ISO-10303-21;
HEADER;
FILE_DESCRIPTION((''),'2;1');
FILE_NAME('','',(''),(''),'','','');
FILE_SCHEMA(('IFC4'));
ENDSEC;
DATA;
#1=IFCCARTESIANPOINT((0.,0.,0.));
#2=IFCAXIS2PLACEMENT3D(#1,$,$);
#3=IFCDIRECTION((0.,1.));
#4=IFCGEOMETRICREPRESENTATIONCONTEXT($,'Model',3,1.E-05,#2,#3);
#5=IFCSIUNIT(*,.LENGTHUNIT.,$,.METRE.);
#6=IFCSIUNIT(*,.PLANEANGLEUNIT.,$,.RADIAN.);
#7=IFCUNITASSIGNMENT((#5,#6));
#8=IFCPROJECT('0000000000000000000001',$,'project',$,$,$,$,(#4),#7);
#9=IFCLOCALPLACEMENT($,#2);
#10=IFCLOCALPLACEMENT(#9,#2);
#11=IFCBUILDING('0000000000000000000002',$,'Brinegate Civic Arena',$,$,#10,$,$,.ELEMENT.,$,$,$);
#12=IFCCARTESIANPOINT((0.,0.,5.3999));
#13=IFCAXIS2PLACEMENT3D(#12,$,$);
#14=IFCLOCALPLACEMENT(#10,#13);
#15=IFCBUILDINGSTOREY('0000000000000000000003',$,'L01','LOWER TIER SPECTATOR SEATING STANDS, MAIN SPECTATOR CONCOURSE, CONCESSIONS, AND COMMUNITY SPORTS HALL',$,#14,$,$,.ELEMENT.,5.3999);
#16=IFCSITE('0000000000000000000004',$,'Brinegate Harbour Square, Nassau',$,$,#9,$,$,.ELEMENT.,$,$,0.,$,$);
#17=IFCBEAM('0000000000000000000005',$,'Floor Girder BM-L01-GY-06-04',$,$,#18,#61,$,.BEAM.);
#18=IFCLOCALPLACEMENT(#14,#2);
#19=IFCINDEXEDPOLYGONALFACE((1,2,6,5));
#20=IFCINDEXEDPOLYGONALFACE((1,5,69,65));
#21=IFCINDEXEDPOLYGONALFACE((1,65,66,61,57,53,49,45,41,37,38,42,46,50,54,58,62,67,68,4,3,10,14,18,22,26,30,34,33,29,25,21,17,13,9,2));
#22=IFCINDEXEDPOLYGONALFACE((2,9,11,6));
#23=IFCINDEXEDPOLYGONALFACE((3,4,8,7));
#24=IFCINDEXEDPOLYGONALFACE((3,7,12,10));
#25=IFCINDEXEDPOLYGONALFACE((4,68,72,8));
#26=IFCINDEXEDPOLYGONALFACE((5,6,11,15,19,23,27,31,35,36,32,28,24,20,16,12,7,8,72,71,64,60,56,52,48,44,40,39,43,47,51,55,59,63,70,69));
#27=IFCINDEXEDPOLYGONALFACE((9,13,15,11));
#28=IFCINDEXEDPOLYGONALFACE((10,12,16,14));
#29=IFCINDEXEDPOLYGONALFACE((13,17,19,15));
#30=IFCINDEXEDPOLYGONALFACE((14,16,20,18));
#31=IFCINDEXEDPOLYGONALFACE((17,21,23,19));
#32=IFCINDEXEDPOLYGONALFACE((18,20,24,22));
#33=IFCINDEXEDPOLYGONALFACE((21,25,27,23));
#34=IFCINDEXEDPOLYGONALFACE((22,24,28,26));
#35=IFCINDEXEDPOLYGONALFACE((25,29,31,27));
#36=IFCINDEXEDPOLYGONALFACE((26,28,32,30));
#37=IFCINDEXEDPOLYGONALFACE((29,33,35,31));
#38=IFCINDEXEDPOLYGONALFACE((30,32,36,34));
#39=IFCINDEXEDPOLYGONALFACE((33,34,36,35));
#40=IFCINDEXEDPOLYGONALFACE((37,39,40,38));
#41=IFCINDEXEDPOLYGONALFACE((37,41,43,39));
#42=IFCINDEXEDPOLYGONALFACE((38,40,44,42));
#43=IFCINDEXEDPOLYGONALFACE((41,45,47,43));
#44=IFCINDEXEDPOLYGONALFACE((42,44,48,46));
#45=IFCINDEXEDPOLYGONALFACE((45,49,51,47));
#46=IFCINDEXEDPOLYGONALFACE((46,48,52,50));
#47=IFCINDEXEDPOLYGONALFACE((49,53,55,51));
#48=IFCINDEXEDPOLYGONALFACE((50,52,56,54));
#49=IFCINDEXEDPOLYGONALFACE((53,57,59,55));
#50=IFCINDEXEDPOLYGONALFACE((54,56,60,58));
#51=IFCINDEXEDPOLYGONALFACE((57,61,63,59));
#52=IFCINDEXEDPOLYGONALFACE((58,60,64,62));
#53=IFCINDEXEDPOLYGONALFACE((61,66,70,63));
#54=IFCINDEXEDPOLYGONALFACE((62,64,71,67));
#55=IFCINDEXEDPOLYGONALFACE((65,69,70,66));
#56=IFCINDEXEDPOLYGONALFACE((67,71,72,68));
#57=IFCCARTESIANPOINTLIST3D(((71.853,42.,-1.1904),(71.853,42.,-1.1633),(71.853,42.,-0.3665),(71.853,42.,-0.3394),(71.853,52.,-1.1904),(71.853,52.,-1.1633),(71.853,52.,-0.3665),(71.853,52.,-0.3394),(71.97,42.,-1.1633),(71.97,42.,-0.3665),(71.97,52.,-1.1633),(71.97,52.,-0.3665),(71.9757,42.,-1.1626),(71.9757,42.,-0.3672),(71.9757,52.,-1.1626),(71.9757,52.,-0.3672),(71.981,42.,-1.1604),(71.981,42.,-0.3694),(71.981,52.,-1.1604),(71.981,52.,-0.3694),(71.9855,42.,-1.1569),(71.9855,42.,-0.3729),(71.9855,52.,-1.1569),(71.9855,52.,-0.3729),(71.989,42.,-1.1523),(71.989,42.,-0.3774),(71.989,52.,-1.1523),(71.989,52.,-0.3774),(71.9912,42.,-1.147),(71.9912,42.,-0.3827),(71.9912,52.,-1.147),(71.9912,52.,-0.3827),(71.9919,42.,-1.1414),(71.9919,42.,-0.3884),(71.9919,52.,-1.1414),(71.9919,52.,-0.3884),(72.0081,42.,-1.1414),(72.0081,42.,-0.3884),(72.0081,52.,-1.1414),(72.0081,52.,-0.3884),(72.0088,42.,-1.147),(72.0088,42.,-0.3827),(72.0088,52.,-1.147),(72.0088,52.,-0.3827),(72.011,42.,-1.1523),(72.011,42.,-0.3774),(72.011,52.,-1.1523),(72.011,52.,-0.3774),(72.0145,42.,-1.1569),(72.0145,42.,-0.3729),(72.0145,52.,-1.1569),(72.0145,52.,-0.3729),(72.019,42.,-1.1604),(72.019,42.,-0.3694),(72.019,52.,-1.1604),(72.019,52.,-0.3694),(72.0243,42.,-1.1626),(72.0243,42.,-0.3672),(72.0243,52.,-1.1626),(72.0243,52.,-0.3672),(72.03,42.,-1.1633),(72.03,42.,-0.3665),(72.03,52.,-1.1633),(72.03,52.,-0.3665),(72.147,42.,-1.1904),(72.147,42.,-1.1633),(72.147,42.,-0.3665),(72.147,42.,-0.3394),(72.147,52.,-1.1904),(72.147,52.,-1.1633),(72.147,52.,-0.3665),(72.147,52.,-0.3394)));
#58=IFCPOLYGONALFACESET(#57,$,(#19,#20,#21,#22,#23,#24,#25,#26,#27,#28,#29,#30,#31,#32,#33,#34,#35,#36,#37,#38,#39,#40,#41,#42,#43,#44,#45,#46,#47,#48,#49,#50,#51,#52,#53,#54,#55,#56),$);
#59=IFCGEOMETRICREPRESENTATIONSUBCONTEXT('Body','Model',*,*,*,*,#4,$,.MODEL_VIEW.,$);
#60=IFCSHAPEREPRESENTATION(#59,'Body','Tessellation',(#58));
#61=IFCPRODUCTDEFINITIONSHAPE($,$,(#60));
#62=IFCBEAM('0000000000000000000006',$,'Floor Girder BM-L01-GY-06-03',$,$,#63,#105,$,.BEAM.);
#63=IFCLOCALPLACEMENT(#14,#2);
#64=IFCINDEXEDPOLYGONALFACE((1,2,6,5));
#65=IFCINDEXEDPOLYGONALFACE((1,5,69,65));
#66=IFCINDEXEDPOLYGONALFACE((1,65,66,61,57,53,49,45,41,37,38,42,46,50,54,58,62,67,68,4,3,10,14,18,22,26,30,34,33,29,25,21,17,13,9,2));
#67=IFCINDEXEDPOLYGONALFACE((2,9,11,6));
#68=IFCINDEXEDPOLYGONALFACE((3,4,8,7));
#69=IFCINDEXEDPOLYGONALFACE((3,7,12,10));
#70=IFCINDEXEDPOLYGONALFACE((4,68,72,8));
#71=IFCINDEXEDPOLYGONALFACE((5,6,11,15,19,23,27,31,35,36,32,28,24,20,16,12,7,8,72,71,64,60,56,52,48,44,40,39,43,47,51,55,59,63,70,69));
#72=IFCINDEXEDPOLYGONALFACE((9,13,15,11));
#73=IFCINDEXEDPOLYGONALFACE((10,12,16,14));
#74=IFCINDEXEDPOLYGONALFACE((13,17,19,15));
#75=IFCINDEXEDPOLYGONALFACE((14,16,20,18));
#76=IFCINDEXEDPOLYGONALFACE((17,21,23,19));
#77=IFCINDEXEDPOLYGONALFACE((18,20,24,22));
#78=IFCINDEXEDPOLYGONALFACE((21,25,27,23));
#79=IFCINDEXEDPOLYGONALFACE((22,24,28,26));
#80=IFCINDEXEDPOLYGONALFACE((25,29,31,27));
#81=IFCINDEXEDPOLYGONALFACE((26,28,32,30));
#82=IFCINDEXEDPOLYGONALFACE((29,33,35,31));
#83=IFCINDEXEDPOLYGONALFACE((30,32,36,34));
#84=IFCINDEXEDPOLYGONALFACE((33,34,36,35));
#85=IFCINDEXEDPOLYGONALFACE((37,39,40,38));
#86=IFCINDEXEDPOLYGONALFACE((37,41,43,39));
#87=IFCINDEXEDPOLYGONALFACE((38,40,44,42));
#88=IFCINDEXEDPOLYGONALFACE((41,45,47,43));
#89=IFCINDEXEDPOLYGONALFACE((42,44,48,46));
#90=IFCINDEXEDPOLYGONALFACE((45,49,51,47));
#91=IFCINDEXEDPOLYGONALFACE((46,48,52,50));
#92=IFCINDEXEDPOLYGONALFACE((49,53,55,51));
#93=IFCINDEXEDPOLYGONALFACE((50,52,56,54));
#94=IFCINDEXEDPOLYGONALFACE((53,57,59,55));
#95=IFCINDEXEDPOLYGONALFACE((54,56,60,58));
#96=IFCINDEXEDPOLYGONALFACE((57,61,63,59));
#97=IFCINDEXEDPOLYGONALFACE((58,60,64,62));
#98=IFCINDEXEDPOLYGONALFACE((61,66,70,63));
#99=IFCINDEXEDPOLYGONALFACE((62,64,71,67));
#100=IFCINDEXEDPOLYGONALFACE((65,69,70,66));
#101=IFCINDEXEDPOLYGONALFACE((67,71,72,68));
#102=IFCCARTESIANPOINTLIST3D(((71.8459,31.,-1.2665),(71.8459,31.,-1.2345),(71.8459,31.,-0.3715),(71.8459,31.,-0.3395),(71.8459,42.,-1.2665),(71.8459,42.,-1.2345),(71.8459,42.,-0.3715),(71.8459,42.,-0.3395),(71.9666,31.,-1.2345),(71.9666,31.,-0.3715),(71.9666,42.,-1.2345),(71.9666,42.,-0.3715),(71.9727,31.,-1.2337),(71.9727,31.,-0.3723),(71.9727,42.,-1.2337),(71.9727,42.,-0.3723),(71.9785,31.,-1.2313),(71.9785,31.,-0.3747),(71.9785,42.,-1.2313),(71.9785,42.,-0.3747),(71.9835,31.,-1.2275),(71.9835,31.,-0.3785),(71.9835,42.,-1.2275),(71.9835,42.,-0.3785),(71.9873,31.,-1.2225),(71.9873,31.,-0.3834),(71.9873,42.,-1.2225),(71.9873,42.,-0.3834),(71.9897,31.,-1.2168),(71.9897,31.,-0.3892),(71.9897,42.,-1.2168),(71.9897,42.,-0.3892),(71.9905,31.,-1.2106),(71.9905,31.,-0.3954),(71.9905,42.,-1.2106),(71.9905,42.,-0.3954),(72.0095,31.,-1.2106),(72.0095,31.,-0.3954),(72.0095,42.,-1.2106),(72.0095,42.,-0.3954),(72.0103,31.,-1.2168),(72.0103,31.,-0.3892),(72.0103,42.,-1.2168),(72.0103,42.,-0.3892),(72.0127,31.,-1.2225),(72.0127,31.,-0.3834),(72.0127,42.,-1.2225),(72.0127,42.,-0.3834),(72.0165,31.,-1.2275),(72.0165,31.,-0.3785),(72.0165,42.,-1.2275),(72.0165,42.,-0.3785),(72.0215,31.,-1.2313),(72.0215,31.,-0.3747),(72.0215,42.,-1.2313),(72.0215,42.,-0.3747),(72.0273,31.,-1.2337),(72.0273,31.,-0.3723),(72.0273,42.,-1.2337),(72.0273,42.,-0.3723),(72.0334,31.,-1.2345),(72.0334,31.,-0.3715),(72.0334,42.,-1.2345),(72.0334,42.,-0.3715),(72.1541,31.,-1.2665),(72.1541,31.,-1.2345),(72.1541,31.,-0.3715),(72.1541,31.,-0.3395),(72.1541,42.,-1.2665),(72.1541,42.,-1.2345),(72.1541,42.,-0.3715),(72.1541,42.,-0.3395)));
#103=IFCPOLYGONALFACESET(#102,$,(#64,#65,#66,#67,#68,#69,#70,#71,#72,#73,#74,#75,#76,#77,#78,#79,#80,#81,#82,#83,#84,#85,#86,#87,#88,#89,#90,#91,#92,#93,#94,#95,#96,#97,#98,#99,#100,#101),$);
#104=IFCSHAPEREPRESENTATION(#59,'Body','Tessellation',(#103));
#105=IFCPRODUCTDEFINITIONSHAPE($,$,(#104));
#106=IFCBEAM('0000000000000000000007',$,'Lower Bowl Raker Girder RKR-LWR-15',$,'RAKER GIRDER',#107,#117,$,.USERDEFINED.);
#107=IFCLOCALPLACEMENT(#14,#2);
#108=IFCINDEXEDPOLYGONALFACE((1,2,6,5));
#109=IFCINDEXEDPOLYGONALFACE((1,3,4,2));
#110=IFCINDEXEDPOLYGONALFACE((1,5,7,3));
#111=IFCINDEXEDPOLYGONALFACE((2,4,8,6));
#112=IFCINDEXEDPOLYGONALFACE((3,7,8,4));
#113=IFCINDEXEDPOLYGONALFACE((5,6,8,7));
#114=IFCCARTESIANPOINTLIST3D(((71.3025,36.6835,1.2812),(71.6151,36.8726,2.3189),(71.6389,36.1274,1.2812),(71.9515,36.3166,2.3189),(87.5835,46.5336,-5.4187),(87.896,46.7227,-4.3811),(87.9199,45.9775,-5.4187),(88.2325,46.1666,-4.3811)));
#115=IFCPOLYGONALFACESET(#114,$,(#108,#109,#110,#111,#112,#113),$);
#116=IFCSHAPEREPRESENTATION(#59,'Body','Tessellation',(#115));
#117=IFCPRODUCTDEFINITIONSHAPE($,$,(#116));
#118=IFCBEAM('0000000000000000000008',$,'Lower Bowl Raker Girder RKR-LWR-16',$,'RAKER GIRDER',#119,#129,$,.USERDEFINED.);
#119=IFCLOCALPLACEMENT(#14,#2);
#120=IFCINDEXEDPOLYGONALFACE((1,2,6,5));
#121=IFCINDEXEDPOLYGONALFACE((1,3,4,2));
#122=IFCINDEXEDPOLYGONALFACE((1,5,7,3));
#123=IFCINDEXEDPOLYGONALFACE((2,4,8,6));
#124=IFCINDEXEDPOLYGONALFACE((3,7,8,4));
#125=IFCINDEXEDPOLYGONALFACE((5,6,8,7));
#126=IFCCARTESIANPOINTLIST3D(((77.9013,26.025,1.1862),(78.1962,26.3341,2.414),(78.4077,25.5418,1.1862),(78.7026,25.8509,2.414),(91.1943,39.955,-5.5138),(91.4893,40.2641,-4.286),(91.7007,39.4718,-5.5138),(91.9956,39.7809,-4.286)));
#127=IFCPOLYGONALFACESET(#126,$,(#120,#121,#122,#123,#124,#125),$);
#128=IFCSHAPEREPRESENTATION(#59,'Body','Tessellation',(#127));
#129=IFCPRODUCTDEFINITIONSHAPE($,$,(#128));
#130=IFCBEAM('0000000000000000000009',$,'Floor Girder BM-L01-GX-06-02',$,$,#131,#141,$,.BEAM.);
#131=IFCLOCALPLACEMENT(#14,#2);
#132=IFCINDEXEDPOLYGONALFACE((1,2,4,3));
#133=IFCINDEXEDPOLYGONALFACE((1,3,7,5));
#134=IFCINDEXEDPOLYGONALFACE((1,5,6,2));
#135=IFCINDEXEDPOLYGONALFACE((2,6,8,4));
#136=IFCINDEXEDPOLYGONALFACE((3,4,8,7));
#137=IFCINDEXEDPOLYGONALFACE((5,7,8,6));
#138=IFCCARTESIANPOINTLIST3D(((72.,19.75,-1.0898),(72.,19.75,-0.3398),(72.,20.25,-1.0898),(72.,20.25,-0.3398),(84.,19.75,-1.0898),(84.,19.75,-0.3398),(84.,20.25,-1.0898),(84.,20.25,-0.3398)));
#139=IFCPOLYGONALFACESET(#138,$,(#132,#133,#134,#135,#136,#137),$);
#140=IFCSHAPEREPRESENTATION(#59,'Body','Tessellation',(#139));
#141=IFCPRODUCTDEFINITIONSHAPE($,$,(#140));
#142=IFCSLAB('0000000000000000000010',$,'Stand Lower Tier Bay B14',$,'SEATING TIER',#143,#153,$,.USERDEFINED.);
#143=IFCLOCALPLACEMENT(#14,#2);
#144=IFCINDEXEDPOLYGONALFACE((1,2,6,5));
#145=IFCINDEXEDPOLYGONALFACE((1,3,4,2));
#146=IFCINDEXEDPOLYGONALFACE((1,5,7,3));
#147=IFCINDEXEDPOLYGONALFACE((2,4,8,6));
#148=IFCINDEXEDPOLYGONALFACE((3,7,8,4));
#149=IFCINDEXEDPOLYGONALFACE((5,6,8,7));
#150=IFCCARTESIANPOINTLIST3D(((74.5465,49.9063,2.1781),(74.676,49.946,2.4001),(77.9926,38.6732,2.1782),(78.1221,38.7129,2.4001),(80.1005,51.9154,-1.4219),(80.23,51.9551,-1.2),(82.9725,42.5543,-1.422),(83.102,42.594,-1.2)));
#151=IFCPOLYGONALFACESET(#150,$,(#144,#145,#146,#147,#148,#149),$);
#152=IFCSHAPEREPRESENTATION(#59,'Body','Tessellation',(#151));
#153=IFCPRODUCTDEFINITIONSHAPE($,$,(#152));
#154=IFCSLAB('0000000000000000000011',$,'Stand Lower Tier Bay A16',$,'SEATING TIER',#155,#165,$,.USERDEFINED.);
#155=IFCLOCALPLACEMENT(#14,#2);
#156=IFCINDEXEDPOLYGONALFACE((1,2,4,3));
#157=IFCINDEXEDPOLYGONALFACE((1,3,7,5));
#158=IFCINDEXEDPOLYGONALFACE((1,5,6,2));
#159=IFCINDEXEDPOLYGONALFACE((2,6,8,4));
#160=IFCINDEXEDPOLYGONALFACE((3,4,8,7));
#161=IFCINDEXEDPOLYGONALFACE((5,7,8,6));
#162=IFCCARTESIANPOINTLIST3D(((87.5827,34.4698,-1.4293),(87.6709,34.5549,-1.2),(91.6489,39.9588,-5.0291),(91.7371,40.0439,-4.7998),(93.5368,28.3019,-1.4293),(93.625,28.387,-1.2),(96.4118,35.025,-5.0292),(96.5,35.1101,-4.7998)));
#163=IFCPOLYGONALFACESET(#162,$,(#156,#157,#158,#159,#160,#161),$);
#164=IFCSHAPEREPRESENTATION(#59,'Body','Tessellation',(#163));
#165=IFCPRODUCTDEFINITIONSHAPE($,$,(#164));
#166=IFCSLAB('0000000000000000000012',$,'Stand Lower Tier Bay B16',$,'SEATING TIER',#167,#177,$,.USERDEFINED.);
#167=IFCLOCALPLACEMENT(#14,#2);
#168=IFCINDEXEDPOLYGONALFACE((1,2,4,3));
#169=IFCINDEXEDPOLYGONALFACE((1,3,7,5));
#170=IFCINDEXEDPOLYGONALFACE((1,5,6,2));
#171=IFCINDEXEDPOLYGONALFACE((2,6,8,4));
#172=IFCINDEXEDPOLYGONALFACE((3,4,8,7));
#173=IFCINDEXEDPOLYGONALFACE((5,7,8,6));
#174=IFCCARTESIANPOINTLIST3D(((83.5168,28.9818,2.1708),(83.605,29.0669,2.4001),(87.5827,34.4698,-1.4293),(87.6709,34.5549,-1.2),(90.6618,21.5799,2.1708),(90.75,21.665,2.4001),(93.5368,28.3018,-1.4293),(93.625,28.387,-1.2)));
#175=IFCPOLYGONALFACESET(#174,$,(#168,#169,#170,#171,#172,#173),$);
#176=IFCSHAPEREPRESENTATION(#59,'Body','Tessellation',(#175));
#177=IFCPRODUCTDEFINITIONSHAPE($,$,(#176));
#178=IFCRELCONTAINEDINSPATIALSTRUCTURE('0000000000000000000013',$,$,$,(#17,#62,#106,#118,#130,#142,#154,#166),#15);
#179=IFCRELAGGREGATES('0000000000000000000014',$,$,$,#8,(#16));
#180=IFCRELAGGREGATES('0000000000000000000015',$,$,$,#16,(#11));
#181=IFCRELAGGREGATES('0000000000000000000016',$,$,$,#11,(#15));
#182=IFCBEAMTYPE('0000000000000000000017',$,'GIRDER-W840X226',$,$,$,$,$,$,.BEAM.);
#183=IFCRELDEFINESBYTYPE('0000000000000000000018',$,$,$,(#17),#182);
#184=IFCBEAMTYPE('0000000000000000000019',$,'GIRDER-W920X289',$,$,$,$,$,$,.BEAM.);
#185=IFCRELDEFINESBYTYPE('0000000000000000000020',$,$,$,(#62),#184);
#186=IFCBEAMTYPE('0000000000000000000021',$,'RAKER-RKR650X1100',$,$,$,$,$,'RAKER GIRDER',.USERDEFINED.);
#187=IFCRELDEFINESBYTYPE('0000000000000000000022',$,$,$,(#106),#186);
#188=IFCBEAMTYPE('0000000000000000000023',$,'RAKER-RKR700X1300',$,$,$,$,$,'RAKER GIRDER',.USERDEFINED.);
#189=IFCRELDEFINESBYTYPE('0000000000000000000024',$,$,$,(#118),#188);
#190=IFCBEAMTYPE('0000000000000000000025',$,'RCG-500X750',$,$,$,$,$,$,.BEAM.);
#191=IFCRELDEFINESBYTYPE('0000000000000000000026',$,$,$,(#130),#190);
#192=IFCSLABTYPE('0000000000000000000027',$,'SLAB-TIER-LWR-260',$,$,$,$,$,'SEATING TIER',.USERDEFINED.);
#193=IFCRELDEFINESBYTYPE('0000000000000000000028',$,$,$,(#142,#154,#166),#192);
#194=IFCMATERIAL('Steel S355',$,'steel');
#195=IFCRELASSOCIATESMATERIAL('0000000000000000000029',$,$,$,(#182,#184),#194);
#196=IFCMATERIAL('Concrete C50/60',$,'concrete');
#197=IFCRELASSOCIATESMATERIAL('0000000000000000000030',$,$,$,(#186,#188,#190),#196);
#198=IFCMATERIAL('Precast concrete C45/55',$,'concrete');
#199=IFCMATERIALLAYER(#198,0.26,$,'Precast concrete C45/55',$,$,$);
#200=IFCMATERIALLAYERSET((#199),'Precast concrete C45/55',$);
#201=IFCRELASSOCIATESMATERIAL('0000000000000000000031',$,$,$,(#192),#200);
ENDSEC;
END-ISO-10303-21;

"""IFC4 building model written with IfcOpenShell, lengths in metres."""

from ifc_helpers import new_model, si_unit, direction, frame, origin, origin_2d, place, context, subcontext, project, spatial, polyline, rectangle, i_section, outline, extrude, material, layer, layer_set, material_profile, profile_set, type_object, element, save


model = new_model("IFC4")

# Units and contexts
model_context = context("Model", 3, precision=1e-05, world=origin(), true_north=direction((0.0, 1.0)))
body_context = subcontext(model_context, "Body", "Model", "MODEL_VIEW")
ifc_project = project(units=[si_unit("LENGTHUNIT", "METRE"), si_unit("PLANEANGLEUNIT", "RADIAN")], contexts=[model_context])

# Site, building, storey
site_placement = place(None, origin())
site = spatial("IfcSite", under=ifc_project, at=site_placement, Name="Brinegate Harbour Square, Nassau", CompositionType="ELEMENT", RefElevation=0.0)
building_placement = place(site_placement, origin())
building = spatial("IfcBuilding", under=site, at=building_placement, Name="Brinegate Civic Arena", CompositionType="ELEMENT")
storey_placement = place(building_placement, frame((0.0, 0.0, 5.3999)))
storey = spatial("IfcBuildingStorey", under=building, at=storey_placement, Name="L01", Description="LOWER TIER SPECTATOR SEATING STANDS, MAIN SPECTATOR CONCOURSE, CONCESSIONS, AND COMMUNITY SPORTS HALL", CompositionType="ELEMENT", Elevation=5.3999)

# Shared definitions
ifc_material_1 = material(Name="Concrete C50/60", Category="concrete")

# Beams
ifc_material_2 = material(Name="Steel S355", Category="steel")
ifc_material_profile_1 = material_profile(ifc_material_2, i_section(OverallWidth=0.2939, OverallDepth=0.8511, WebThickness=0.0161, FlangeThickness=0.0271, FilletRadius=0.022, at=origin_2d()), Name="W840X226")
ifc_profile_set_1 = profile_set([ifc_material_profile_1], Name="Steel S355")
beam_type_1 = type_object("IfcBeamType", Name="GIRDER-W840X226", PredefinedType="BEAM", material=ifc_profile_set_1)
beam_1_placement = place(storey_placement, frame((72.0, 42.0, -0.7649), z_axis=(0.0, 1.0, 0.0), x_axis=(-1.0, 0.0, 0.0)))
element("IfcBeam", 1, at=beam_1_placement, inside=storey, type_object=beam_type_1, Name="Floor Girder BM-L01-GY-06-04", PredefinedType="BEAM", context=body_context, shape_type="SweptSolid", body=[
    extrude(i_section(OverallWidth=0.2939, OverallDepth=0.8511, WebThickness=0.0161, FlangeThickness=0.0271, FilletRadius=0.022, at=origin_2d()), origin(), (0.0, 0.0, 1.0), 10.0),
])
ifc_material_profile_2 = material_profile(ifc_material_2, i_section(OverallWidth=0.3081, OverallDepth=0.927, WebThickness=0.019, FlangeThickness=0.032, FilletRadius=0.0239, at=origin_2d()), Name="W920X289")
ifc_profile_set_2 = profile_set([ifc_material_profile_2], Name="Steel S355")
beam_type_2 = type_object("IfcBeamType", Name="GIRDER-W920X289", PredefinedType="BEAM", material=ifc_profile_set_2)
beam_2_placement = place(storey_placement, frame((72.0, 31.0, -0.803), z_axis=(0.0, 1.0, 0.0), x_axis=(-1.0, 0.0, 0.0)))
element("IfcBeam", 2, at=beam_2_placement, inside=storey, type_object=beam_type_2, Name="Floor Girder BM-L01-GY-06-03", PredefinedType="BEAM", context=body_context, shape_type="SweptSolid", body=[
    extrude(i_section(OverallWidth=0.3081, OverallDepth=0.927, WebThickness=0.019, FlangeThickness=0.032, FilletRadius=0.0239, at=origin_2d()), origin(), (0.0, 0.0, 1.0), 11.0),
])
ifc_material_profile_3 = material_profile(ifc_material_1, rectangle(XDim=0.6499, YDim=1.1001, at=origin_2d()), Name="RKR650X1100")
ifc_profile_set_3 = profile_set([ifc_material_profile_3], Name="Concrete C50/60")
beam_type_3 = type_object("IfcBeamType", Name="RAKER-RKR650X1100", ElementType="RAKER GIRDER", PredefinedType="USERDEFINED", material=ifc_profile_set_3)
beam_3_placement = place(storey_placement, frame((87.908, 46.3501, -4.8999), z_axis=(-0.807034, -0.48826, 0.33211), x_axis=(0.517641, -0.855598, 0.0)))
element("IfcBeam", 3, at=beam_3_placement, inside=storey, type_object=beam_type_3, Name="Lower Bowl Raker Girder RKR-LWR-15", ObjectType="RAKER GIRDER", PredefinedType="USERDEFINED", context=body_context, shape_type="SweptSolid", body=[
    extrude(rectangle(XDim=0.6499, YDim=1.1001, at=origin_2d()), origin(), (0.0, 0.0, 1.0), 20.1738),
])
ifc_material_profile_4 = material_profile(ifc_material_1, rectangle(XDim=0.7, YDim=1.3, at=origin_2d()), Name="RKR700X1300")
ifc_profile_set_4 = profile_set([ifc_material_profile_4], Name="Concrete C50/60")
beam_type_4 = type_object("IfcBeamType", Name="RAKER-RKR700X1300", ElementType="RAKER GIRDER", PredefinedType="USERDEFINED", material=ifc_profile_set_4)
beam_4_placement = place(storey_placement, frame((91.595, 39.8679, -4.8999), z_axis=(-0.652027, -0.683271, 0.328636), x_axis=(0.723454, -0.690373, 0.0)))
element("IfcBeam", 4, at=beam_4_placement, inside=storey, type_object=beam_type_4, Name="Lower Bowl Raker Girder RKR-LWR-16", ObjectType="RAKER GIRDER", PredefinedType="USERDEFINED", context=body_context, shape_type="SweptSolid", body=[
    extrude(rectangle(XDim=0.7, YDim=1.3, at=origin_2d()), origin(), (0.0, 0.0, 1.0), 20.3872),
])
ifc_material_profile_5 = material_profile(ifc_material_1, rectangle(XDim=0.5, YDim=0.75, at=origin_2d()), Name="RCB500X750")
ifc_profile_set_5 = profile_set([ifc_material_profile_5], Name="Concrete C50/60")
beam_type_5 = type_object("IfcBeamType", Name="RCG-500X750", PredefinedType="BEAM", material=ifc_profile_set_5)
beam_5_placement = place(storey_placement, frame((72.0, 20.0, -0.7148), z_axis=(1.0, 0.0, 0.0), x_axis=(0.0, 1.0, 0.0)))
element("IfcBeam", 5, at=beam_5_placement, inside=storey, type_object=beam_type_5, Name="Floor Girder BM-L01-GX-06-02", PredefinedType="BEAM", context=body_context, shape_type="SweptSolid", body=[
    extrude(rectangle(XDim=0.5, YDim=0.75, at=origin_2d()), origin(), (0.0, 0.0, 1.0), 12.0),
])

# Slabs
ifc_material_3 = material(Name="Precast concrete C45/55", Category="concrete")
ifc_layer = layer(ifc_material_3, 0.26, Name="Precast concrete C45/55")
ifc_layer_set = layer_set([ifc_layer], Name="Precast concrete C45/55")
slab_type = type_object("IfcSlabType", Name="SLAB-TIER-LWR-260", ElementType="SEATING TIER", PredefinedType="USERDEFINED", material=ifc_layer_set)
slab_1_placement = place(storey_placement, frame((80.23, 51.9551, -1.2), z_axis=(0.498022, 0.152788, 0.853598), x_axis=(0.29331, -0.956017, -0.000008)))
element("IfcSlab", 6, at=slab_1_placement, inside=storey, type_object=slab_type, Name="Stand Lower Tier Bay B14", ObjectType="SEATING TIER", PredefinedType="USERDEFINED", context=body_context, shape_type="SweptSolid", body=[
    extrude(outline(polyline([(0.0, 0.0), (9.7918, 0.0), (12.0415, -6.9111), (0.2916, -6.9107), (0.0, 0.0)])), origin(), (0.0, 0.0, -1.0), 0.26),
])
slab_2_placement = place(storey_placement, frame((91.7371, 40.0439, -4.7998), z_axis=(0.339037, 0.327287, 0.882007), x_axis=(0.694535, -0.719459, -0.000004)))
element("IfcSlab", 7, at=slab_2_placement, inside=storey, type_object=slab_type, Name="Stand Lower Tier Bay A16", ObjectType="SEATING TIER", PredefinedType="USERDEFINED", context=body_context, shape_type="SweptSolid", body=[
    extrude(outline(polyline([(0.0, 0.0), (6.8577, 0.0), (9.6979, -7.6393), (1.125, -7.6391), (0.0, 0.0)])), origin(), (0.0, 0.0, -1.0), 0.26),
])
slab_3_placement = place(storey_placement, frame((87.6709, 34.5549, -1.2), z_axis=(0.339095, 0.327332, 0.881968), x_axis=(0.694522, -0.719471, -0.000003)))
element("IfcSlab", 8, at=slab_3_placement, inside=storey, type_object=slab_type, Name="Stand Lower Tier Bay B16", ObjectType="SEATING TIER", PredefinedType="USERDEFINED", context=body_context, shape_type="SweptSolid", body=[
    extrude(outline(polyline([(0.0, 0.0), (8.5729, 0.0), (11.4124, -7.6386), (1.1246, -7.6385), (0.0, 0.0)])), origin(), (0.0, 0.0, -1.0), 0.26),
])

save(model, "model.ifc")
